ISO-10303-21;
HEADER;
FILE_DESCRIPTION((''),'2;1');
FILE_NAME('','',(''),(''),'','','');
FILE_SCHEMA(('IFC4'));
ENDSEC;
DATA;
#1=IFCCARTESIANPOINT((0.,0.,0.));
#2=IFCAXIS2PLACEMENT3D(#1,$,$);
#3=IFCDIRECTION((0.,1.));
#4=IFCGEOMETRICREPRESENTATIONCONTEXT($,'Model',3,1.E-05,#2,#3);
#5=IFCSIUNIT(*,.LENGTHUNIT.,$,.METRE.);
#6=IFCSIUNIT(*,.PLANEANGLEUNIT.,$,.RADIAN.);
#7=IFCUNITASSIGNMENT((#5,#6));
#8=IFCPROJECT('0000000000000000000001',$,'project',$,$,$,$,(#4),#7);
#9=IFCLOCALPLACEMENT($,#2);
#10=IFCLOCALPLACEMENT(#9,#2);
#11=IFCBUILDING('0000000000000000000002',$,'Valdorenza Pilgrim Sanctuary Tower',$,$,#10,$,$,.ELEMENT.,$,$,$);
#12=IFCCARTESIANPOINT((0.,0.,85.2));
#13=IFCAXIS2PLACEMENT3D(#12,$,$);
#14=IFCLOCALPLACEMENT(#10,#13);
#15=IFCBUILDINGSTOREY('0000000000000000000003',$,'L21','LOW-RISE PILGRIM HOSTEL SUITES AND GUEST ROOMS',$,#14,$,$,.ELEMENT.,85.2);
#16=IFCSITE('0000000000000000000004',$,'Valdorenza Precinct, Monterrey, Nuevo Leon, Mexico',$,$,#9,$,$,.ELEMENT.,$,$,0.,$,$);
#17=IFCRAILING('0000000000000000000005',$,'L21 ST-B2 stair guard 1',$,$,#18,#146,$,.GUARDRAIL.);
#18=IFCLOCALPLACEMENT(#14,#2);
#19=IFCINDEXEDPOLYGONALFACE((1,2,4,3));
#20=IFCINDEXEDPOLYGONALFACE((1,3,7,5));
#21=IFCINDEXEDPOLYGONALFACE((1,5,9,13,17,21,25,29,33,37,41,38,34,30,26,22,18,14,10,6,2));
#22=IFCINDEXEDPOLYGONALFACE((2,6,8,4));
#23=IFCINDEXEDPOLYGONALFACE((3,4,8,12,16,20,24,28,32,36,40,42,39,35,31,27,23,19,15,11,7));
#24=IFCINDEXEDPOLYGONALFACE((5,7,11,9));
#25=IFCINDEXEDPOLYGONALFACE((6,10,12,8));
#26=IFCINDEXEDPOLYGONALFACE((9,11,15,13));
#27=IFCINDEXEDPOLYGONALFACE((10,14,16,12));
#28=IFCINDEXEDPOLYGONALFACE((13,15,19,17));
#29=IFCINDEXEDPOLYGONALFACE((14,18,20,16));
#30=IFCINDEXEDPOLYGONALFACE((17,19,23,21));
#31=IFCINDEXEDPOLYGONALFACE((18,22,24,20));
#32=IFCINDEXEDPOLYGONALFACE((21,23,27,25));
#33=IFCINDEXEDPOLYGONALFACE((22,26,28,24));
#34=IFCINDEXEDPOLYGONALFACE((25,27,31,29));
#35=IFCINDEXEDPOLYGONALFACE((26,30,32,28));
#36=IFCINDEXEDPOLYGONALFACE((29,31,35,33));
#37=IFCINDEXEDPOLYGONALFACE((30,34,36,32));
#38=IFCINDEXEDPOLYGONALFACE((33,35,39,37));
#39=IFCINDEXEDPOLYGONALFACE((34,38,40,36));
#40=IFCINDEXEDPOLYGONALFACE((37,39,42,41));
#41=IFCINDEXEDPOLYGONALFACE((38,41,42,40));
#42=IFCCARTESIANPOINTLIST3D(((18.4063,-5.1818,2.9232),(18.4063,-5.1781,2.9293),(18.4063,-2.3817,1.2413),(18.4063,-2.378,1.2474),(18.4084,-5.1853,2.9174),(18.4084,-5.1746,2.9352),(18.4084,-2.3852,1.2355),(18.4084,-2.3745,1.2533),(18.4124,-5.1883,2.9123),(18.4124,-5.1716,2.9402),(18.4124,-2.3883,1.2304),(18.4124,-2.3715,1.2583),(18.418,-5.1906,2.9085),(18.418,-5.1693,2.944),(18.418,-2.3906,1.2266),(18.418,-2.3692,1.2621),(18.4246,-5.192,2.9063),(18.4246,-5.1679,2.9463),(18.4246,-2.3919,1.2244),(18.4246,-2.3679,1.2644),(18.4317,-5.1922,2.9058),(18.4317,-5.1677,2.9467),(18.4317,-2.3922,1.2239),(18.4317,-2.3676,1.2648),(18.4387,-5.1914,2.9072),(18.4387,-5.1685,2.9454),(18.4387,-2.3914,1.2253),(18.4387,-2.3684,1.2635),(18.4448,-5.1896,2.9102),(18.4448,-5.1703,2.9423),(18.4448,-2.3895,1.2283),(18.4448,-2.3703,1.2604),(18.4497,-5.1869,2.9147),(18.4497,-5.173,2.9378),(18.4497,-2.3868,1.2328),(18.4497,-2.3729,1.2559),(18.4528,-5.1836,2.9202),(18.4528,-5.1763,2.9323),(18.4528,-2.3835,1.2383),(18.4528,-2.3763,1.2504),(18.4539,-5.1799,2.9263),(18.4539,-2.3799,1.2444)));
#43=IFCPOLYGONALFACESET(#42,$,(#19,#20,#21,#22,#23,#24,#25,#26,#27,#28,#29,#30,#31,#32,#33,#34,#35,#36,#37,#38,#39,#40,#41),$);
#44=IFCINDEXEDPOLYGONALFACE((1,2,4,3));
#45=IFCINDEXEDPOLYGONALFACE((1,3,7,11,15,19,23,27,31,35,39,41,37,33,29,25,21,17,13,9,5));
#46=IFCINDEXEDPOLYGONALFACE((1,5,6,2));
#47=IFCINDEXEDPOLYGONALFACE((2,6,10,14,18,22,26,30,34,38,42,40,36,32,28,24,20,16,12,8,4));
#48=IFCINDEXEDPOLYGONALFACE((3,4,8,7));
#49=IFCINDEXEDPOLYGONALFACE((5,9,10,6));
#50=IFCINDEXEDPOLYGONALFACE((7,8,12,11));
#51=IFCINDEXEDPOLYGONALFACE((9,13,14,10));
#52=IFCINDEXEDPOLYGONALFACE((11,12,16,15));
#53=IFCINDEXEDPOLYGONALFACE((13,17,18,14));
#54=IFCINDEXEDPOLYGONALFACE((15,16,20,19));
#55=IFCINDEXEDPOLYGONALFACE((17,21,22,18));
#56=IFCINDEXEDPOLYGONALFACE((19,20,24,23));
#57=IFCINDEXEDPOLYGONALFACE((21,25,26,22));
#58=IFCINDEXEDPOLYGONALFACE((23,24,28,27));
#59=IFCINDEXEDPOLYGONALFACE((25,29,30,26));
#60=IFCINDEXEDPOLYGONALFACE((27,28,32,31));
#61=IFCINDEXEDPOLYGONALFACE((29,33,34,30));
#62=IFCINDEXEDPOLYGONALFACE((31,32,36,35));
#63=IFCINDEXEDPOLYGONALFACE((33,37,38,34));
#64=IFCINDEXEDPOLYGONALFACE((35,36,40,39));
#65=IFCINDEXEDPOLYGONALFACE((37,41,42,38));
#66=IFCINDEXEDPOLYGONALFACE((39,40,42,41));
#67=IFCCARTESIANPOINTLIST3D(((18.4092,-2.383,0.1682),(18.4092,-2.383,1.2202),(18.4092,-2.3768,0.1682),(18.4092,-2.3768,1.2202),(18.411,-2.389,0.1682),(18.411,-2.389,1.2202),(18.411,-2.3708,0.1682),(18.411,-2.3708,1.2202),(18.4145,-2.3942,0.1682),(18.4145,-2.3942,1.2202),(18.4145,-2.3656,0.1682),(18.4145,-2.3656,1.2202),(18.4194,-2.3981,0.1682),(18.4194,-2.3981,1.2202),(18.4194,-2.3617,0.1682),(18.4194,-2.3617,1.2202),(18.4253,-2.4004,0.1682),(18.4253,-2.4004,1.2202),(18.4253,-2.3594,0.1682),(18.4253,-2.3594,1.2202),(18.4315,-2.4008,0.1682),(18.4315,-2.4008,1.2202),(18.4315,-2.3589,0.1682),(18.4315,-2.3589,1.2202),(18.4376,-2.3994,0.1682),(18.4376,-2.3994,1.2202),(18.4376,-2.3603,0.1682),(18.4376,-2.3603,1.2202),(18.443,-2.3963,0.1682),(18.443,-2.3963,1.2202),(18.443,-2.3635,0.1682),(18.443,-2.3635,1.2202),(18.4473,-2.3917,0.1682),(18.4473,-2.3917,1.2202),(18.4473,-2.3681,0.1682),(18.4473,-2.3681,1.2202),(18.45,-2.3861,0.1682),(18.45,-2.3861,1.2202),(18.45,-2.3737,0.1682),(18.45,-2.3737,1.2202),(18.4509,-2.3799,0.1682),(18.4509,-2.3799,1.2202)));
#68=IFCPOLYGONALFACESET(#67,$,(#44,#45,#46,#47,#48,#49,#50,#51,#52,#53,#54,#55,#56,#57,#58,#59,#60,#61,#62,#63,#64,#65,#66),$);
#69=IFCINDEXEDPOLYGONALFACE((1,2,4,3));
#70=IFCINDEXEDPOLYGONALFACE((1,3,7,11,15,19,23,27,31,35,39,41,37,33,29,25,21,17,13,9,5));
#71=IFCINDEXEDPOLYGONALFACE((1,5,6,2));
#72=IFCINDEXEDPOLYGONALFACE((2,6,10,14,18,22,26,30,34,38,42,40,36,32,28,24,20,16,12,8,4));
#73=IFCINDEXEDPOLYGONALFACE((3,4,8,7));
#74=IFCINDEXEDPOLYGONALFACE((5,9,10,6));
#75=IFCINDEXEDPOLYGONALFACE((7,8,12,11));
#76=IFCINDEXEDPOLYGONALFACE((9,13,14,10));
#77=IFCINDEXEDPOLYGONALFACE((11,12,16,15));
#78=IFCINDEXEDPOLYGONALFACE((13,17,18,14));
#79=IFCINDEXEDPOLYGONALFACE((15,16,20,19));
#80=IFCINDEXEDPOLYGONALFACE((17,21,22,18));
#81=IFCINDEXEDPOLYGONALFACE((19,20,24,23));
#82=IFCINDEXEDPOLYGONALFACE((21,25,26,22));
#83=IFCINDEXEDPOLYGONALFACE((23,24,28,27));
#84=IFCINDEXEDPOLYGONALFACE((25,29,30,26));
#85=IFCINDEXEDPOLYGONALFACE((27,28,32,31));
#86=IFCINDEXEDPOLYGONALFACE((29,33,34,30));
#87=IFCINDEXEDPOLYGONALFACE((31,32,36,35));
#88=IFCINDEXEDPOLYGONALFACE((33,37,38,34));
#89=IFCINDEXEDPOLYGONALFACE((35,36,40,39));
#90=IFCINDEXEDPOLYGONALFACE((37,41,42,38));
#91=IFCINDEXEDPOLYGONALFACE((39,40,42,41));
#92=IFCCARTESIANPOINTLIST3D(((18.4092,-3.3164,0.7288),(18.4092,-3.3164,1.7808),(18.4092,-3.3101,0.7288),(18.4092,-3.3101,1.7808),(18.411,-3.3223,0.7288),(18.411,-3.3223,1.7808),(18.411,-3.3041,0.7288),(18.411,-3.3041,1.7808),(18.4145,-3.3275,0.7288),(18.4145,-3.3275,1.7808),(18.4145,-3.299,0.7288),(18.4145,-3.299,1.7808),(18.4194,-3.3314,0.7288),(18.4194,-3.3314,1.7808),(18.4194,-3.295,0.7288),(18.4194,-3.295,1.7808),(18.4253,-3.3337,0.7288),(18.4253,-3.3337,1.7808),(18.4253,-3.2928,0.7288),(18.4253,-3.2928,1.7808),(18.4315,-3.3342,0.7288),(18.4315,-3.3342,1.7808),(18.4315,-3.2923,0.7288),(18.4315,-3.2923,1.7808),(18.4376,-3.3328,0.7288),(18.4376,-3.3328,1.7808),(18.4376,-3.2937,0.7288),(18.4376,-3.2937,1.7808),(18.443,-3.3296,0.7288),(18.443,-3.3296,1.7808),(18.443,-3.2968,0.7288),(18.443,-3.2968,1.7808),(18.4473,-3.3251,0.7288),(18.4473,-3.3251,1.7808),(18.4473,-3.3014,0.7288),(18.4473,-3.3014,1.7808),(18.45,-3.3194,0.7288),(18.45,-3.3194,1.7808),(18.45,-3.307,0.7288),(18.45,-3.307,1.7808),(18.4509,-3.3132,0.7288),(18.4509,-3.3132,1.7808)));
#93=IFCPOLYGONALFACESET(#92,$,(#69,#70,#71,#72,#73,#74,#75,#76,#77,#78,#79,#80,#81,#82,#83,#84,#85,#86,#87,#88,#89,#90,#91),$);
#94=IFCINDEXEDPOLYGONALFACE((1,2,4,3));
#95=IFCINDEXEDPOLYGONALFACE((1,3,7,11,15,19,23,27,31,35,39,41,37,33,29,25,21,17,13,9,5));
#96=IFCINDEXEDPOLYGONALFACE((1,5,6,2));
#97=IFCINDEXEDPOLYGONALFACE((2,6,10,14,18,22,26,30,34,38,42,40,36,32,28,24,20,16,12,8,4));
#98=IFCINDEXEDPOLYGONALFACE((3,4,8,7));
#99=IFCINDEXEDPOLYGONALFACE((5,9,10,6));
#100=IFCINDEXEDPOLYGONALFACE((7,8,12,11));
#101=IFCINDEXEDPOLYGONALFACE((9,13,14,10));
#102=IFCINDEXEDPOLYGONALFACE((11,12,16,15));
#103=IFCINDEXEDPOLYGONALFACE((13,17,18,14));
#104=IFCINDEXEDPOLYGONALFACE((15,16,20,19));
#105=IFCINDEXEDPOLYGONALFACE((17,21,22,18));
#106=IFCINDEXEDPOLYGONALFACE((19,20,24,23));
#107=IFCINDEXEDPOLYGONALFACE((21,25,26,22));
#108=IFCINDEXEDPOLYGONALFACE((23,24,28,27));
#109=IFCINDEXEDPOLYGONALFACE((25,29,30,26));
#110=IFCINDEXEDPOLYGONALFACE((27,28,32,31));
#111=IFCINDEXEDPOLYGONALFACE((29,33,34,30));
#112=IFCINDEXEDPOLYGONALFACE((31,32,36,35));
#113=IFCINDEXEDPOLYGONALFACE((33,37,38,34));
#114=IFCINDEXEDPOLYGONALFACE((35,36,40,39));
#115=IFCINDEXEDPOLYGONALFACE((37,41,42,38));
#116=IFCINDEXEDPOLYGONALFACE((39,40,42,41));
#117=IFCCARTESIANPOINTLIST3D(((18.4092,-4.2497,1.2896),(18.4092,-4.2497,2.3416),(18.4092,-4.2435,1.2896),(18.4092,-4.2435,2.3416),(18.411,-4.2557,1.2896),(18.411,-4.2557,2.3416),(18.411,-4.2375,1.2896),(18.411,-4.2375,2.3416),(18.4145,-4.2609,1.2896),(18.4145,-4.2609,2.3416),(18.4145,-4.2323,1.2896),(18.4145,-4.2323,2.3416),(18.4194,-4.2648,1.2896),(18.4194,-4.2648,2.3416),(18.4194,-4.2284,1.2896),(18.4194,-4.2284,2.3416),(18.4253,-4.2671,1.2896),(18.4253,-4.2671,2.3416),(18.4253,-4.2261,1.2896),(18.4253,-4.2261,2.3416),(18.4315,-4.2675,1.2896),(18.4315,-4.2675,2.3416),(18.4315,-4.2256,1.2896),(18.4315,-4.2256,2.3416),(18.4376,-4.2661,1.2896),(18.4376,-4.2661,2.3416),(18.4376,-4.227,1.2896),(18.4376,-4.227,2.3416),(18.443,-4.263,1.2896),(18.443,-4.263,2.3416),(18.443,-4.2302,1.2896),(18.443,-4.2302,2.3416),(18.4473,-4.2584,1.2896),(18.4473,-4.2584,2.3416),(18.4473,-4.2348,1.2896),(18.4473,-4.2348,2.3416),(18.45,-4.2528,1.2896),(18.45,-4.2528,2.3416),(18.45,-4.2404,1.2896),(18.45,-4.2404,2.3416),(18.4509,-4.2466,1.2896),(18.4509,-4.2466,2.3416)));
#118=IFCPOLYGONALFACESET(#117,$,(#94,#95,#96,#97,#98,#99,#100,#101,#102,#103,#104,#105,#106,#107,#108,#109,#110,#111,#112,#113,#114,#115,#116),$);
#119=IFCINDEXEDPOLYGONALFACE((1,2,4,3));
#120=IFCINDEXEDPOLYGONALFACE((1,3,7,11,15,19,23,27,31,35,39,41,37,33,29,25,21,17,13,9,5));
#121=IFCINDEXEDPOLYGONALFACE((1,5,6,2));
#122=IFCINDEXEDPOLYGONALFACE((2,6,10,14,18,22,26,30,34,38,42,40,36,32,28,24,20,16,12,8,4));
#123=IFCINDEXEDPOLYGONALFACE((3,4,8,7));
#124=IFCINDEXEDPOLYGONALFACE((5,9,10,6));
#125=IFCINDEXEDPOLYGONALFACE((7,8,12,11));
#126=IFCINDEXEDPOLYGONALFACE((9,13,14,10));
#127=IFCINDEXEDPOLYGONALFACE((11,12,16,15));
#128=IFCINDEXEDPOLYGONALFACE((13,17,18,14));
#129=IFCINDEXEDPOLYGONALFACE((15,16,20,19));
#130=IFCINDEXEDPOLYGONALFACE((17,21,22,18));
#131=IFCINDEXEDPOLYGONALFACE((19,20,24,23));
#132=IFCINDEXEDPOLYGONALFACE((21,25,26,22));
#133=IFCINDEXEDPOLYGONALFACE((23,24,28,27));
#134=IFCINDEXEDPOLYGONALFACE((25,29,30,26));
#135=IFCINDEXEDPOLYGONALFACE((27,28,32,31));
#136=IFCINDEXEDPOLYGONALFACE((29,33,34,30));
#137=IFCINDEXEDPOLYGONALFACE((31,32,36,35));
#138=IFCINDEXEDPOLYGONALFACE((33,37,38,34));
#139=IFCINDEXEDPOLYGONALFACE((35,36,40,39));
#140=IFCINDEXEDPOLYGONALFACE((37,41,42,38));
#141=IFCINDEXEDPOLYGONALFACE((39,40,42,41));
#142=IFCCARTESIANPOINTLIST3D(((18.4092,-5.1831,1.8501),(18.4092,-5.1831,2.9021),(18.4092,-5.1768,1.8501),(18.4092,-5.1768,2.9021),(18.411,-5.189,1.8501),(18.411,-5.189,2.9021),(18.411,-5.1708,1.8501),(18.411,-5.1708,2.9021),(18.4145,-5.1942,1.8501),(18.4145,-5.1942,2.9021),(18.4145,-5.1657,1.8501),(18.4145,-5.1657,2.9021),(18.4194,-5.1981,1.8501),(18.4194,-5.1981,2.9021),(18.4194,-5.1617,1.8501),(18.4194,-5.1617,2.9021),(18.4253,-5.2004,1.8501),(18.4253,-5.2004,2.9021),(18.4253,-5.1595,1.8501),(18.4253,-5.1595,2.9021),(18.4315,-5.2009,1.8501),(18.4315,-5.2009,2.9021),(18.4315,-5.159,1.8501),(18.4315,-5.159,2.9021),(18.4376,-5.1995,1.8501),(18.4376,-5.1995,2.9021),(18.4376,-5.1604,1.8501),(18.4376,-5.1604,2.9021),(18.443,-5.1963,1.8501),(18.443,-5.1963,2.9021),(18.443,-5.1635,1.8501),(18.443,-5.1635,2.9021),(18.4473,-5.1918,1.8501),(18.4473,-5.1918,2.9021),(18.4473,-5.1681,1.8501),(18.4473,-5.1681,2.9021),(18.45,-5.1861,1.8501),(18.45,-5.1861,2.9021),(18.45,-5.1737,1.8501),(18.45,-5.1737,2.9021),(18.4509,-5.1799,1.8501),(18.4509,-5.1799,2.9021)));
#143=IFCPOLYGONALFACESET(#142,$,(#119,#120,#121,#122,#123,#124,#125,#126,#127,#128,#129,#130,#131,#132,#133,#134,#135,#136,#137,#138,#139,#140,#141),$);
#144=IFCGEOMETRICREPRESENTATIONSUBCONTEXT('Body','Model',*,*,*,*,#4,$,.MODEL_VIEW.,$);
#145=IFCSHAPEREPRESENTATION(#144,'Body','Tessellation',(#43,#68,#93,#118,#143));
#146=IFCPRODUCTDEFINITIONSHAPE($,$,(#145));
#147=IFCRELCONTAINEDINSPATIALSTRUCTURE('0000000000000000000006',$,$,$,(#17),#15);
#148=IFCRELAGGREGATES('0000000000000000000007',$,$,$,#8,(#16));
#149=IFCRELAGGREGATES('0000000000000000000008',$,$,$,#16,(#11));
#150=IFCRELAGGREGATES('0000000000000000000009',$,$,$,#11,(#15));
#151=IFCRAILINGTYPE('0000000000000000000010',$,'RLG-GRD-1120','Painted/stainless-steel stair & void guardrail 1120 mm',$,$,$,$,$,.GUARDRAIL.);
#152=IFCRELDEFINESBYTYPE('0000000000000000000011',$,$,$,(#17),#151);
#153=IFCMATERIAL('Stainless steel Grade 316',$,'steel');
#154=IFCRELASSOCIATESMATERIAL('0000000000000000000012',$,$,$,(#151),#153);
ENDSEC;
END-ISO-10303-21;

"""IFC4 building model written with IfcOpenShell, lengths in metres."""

from ifc_helpers import new_model, si_unit, direction, frame, origin, origin_2d, place, context, subcontext, project, spatial, circle, extrude, material, type_object, element, save


model = new_model("IFC4")

# Units and contexts
model_context = context("Model", 3, precision=1e-05, world=origin(), true_north=direction((0.0, 1.0)))
body_context = subcontext(model_context, "Body", "Model", "MODEL_VIEW")
ifc_project = project(units=[si_unit("LENGTHUNIT", "METRE"), si_unit("PLANEANGLEUNIT", "RADIAN")], contexts=[model_context])

# Site, building, storey
site_placement = place(None, origin())
site = spatial("IfcSite", under=ifc_project, at=site_placement, Name="Valdorenza Precinct, Monterrey, Nuevo Leon, Mexico", CompositionType="ELEMENT", RefElevation=0.0)
building_placement = place(site_placement, origin())
building = spatial("IfcBuilding", under=site, at=building_placement, Name="Valdorenza Pilgrim Sanctuary Tower", CompositionType="ELEMENT")
storey_placement = place(building_placement, frame((0.0, 0.0, 85.2)))
storey = spatial("IfcBuildingStorey", under=building, at=storey_placement, Name="L21", Description="LOW-RISE PILGRIM HOSTEL SUITES AND GUEST ROOMS", CompositionType="ELEMENT", Elevation=85.2)

# Railing
ifc_material_1 = material(Name="Stainless steel Grade 316", Category="steel")
railing_type_1 = type_object("IfcRailingType", Name="RLG-GRD-1120", Description="Painted/stainless-steel stair & void guardrail 1120 mm", PredefinedType="GUARDRAIL", material=ifc_material_1)
railing_1_placement = place(storey_placement, frame((18.4299, -2.3799, 0.1682)))
element("IfcRailing", 1, at=railing_1_placement, inside=storey, type_object=railing_type_1, Name="L21 ST-B2 stair guard 1", PredefinedType="GUARDRAIL", context=body_context, shape_type="SweptSolid", body=[
    extrude(circle(Radius=0.0239, at=origin_2d()), frame((0.0, 0.0, 1.0762), z_axis=(0.0, -0.857242, 0.514913), x_axis=(1.0, 0.0, 0.0)), (0.0, 0.0, 1.0), 3.2664),
    extrude(circle(Radius=0.021, at=origin_2d()), origin(), (0.0, 0.0, 1.0), 1.052),
    extrude(circle(Radius=0.021, at=origin_2d()), frame((0.0, -0.9333, 0.5605)), (0.0, 0.0, 1.0), 1.052),
    extrude(circle(Radius=0.021, at=origin_2d()), frame((0.0, -1.8667, 1.1213)), (0.0, 0.0, 1.0), 1.052),
    extrude(circle(Radius=0.021, at=origin_2d()), frame((0.0, -2.8, 1.6819)), (0.0, 0.0, 1.0), 1.052),
])

save(model, "model.ifc")
